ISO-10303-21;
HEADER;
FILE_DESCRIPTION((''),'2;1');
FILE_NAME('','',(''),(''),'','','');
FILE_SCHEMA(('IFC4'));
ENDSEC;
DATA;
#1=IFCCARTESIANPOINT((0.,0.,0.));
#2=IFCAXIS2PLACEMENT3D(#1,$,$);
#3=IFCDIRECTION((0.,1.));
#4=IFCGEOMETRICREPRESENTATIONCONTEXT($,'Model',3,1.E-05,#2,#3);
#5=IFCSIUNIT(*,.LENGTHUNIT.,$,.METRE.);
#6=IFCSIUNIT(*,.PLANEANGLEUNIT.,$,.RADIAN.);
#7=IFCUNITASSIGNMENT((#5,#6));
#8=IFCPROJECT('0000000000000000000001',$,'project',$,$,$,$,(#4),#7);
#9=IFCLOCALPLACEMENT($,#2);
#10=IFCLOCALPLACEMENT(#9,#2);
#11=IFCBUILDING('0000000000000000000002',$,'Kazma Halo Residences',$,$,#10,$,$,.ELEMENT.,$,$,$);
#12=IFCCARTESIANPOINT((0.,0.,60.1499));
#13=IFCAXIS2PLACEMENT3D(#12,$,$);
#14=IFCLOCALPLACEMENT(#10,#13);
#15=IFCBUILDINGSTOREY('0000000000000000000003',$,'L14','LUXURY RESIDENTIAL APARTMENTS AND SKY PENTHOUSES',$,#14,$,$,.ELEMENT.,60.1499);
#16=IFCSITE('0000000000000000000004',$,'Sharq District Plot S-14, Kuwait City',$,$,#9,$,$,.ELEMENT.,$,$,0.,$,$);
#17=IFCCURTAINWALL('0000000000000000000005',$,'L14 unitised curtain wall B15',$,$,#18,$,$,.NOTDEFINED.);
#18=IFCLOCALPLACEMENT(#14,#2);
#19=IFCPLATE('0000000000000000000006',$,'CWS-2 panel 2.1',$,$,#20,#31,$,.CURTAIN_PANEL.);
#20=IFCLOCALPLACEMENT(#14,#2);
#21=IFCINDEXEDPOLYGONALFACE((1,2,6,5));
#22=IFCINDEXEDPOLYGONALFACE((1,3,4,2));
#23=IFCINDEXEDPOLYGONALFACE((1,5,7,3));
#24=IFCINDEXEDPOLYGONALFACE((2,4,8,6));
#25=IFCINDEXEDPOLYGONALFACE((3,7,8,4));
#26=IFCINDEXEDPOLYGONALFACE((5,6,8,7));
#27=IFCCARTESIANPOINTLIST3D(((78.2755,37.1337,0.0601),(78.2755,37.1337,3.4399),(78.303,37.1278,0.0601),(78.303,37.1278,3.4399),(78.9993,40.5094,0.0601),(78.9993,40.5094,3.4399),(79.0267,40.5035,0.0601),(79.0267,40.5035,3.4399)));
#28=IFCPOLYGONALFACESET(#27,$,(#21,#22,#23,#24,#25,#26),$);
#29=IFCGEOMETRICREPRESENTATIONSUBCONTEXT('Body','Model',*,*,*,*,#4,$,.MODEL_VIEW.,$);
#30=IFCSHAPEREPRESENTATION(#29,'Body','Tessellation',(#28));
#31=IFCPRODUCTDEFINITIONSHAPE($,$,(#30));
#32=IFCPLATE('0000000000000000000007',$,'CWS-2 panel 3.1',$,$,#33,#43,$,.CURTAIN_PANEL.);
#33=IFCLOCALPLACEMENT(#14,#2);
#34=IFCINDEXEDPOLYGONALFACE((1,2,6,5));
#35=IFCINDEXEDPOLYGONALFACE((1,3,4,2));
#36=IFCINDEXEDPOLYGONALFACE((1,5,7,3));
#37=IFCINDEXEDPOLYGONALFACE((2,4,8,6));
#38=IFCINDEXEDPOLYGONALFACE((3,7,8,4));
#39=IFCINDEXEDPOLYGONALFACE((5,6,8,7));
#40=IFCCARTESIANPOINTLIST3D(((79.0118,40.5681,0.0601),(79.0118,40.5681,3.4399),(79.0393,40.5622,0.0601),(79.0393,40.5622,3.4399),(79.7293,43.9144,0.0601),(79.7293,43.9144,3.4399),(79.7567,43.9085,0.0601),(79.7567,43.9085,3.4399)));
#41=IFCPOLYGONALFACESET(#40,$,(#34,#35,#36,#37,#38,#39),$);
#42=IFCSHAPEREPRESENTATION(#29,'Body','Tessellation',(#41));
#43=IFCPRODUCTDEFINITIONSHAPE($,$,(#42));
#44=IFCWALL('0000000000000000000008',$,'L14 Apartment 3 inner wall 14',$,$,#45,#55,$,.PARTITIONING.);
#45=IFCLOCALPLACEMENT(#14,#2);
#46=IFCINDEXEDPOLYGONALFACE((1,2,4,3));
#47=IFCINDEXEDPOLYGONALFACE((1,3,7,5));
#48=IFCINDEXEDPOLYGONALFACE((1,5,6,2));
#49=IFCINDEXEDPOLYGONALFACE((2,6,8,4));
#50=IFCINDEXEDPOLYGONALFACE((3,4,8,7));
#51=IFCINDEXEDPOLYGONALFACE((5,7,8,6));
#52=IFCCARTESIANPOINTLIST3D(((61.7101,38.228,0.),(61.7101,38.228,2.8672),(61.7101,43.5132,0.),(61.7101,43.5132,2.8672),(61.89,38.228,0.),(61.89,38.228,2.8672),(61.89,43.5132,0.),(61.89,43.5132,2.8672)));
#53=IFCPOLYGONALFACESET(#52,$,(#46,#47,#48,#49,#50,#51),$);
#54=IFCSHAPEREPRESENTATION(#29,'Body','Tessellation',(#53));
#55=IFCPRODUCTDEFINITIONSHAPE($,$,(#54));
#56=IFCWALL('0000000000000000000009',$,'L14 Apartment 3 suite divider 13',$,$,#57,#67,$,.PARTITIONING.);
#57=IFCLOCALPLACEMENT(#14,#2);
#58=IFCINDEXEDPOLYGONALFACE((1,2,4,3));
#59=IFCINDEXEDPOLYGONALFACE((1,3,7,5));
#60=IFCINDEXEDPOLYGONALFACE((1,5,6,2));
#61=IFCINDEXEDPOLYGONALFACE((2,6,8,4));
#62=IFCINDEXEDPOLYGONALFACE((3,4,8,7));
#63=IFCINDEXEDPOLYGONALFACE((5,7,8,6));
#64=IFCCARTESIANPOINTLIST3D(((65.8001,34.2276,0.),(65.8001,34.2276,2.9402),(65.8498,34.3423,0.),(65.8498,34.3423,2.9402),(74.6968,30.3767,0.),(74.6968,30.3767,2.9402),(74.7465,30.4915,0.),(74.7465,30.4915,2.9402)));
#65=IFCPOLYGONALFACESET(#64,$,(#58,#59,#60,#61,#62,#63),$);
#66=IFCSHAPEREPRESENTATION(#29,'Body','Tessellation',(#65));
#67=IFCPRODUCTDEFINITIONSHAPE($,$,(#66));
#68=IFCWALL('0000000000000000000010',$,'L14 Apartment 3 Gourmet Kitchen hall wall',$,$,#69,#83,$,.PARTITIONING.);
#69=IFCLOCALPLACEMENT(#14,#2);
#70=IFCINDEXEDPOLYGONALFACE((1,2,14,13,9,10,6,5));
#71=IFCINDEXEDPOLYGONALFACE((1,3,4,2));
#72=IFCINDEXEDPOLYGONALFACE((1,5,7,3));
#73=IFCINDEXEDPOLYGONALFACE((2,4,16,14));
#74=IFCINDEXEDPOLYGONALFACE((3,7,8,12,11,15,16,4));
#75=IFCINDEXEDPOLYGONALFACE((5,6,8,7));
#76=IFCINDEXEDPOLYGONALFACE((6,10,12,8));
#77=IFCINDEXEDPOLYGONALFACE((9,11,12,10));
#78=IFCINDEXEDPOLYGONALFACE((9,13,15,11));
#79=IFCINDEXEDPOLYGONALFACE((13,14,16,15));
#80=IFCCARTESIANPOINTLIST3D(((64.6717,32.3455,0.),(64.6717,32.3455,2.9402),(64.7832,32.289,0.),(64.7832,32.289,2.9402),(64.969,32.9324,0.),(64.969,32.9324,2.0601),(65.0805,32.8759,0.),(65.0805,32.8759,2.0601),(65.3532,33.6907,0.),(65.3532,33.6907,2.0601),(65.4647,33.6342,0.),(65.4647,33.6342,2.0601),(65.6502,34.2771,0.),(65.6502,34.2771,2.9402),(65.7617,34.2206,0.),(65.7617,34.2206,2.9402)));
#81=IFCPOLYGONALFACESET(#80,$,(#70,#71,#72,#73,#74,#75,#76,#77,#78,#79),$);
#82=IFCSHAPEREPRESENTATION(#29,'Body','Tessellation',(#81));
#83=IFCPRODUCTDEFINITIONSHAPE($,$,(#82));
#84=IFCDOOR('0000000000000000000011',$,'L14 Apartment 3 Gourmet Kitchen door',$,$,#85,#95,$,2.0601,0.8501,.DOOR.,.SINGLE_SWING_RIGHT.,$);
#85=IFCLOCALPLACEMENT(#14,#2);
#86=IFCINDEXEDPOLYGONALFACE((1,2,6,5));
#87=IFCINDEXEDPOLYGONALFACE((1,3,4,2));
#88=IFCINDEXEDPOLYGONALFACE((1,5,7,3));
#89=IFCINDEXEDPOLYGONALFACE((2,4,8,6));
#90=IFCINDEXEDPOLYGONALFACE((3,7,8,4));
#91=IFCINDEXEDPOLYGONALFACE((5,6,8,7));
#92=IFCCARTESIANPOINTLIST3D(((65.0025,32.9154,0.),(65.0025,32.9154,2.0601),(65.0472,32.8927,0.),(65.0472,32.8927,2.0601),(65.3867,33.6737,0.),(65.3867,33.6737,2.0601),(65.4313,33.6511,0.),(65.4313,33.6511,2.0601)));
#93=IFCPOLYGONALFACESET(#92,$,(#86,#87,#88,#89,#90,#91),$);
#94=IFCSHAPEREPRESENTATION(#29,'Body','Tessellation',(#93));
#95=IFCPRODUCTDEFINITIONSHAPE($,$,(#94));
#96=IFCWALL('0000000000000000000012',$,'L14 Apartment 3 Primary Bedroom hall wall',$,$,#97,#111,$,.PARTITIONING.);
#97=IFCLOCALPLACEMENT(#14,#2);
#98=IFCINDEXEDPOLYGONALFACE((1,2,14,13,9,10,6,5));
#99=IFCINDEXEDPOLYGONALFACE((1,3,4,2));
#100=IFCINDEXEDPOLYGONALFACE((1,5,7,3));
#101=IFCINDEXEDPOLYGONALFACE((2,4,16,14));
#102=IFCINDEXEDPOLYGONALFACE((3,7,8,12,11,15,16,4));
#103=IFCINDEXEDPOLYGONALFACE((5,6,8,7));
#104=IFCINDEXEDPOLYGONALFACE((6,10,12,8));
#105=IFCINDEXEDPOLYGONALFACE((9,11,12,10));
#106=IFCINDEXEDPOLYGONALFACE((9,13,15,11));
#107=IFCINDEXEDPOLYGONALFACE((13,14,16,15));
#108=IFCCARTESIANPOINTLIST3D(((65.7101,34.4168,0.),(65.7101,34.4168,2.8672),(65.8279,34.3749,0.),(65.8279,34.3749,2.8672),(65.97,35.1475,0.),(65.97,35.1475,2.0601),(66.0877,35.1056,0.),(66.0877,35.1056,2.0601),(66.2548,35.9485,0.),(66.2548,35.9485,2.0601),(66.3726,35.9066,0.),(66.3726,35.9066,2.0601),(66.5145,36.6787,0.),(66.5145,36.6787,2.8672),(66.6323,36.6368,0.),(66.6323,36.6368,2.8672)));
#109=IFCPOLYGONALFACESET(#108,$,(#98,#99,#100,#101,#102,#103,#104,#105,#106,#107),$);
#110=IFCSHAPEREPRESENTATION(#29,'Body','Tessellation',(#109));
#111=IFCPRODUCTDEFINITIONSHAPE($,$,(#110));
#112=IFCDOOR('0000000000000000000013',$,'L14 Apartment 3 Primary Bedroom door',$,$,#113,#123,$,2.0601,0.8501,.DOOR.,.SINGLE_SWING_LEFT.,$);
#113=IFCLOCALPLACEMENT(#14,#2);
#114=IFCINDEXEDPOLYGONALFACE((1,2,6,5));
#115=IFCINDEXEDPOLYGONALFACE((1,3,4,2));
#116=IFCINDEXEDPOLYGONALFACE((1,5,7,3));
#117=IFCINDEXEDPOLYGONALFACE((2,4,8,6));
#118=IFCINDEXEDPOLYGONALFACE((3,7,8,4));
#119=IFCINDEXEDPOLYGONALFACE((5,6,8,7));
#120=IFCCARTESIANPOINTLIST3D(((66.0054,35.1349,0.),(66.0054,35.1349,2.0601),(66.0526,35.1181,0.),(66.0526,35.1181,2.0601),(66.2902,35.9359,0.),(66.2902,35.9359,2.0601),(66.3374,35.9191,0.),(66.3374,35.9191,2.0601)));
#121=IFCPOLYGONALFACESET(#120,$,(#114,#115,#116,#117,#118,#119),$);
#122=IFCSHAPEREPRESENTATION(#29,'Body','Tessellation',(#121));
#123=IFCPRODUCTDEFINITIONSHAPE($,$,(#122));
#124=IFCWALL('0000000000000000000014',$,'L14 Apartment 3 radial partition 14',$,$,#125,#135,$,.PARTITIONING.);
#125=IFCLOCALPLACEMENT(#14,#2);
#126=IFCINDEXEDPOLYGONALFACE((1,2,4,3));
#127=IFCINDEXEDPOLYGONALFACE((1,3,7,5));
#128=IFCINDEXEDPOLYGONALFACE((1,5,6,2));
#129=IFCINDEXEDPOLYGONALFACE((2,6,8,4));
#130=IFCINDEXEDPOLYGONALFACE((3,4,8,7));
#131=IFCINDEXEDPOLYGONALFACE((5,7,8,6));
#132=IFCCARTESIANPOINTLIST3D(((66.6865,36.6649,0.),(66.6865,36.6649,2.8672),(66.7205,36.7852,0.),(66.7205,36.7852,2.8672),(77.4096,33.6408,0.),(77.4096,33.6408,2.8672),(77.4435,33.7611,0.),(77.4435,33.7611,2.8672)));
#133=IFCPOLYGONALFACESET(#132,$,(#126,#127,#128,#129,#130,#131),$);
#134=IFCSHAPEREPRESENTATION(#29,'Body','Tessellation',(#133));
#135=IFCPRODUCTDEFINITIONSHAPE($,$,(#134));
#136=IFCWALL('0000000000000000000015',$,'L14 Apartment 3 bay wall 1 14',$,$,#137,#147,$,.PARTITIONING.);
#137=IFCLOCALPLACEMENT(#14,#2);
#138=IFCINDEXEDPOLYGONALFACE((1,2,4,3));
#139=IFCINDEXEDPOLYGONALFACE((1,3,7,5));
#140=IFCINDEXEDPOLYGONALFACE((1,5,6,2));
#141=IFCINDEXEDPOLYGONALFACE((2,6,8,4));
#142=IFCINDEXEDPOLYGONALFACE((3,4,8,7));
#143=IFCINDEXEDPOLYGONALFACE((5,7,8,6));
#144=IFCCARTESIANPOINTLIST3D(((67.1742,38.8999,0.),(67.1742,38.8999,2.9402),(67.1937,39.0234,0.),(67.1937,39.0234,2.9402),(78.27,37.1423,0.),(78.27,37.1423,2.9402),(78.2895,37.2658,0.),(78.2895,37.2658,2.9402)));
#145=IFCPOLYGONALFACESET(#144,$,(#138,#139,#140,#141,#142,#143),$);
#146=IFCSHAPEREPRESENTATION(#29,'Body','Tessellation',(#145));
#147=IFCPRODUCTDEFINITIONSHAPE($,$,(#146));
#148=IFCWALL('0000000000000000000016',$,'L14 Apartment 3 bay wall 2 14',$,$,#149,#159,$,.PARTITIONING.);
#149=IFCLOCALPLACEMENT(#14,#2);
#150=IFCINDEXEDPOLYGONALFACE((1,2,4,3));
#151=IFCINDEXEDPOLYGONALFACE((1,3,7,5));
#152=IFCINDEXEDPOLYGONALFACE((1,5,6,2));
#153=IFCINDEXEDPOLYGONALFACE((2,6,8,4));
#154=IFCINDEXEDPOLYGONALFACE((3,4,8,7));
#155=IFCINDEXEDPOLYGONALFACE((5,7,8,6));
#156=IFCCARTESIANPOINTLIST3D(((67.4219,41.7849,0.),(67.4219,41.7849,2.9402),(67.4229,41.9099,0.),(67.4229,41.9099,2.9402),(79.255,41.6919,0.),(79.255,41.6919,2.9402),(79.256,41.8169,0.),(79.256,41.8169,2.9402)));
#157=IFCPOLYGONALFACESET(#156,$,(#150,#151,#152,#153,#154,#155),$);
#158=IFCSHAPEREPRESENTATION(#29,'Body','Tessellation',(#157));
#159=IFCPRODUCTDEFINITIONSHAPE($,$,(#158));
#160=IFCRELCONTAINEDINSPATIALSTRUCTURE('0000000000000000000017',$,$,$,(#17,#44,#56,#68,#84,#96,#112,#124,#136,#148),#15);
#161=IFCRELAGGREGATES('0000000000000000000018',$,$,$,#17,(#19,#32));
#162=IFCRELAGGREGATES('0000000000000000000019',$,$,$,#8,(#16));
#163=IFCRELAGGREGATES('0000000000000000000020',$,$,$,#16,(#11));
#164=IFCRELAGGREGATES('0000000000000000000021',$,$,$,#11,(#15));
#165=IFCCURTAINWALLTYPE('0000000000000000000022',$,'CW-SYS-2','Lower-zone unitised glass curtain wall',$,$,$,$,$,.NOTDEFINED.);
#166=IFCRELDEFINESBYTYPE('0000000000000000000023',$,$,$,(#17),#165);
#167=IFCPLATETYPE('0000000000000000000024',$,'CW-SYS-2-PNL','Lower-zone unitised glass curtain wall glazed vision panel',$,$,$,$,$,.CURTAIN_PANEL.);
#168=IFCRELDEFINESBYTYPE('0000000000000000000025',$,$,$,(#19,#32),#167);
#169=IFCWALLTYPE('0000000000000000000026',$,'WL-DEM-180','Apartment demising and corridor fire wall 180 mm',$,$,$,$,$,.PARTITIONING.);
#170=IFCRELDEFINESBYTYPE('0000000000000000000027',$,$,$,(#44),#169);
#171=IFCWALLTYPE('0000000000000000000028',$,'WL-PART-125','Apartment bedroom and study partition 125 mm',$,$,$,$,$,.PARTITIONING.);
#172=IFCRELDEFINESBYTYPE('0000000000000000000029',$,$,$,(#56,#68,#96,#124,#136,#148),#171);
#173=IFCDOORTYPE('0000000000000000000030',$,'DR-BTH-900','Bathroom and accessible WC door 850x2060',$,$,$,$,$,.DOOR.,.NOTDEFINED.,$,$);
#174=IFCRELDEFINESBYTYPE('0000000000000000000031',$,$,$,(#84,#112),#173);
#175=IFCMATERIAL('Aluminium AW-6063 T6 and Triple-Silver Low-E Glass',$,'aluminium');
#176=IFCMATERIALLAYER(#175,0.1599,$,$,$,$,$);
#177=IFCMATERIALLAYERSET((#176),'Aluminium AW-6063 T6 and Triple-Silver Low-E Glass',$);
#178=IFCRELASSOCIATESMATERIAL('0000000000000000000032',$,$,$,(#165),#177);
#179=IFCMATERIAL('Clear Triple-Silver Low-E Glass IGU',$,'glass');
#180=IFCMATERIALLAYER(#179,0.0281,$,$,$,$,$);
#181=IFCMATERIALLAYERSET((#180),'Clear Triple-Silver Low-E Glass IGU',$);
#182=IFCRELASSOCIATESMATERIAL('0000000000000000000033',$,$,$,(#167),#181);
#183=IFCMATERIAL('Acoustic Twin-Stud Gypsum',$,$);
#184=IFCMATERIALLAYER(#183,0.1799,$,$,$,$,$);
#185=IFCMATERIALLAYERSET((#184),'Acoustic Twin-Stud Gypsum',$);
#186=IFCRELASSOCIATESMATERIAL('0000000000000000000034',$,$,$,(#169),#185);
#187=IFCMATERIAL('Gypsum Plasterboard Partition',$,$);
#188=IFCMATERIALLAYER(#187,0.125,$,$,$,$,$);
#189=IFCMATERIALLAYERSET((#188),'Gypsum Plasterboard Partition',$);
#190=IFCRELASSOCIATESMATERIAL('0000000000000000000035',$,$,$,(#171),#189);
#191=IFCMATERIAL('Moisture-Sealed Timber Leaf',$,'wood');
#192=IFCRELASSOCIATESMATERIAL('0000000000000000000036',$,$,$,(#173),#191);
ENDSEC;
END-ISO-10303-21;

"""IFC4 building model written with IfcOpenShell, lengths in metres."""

from ifc_helpers import new_model, si_unit, direction, frame, frame_2d, origin, origin_2d, place, context, subcontext, project, spatial, rectangle, extrude, material, layer, layer_set, type_object, element, fill, aggregate, save


model = new_model("IFC4")

# Units and contexts
model_context = context("Model", 3, precision=1e-05, world=origin(), true_north=direction((0.0, 1.0)))
body_context = subcontext(model_context, "Body", "Model", "MODEL_VIEW")
ifc_project = project(units=[si_unit("LENGTHUNIT", "METRE"), si_unit("PLANEANGLEUNIT", "RADIAN")], contexts=[model_context])

# Site, building, storey
site_placement = place(None, origin())
site = spatial("IfcSite", under=ifc_project, at=site_placement, Name="Sharq District Plot S-14, Kuwait City", CompositionType="ELEMENT", RefElevation=0.0)
building_placement = place(site_placement, origin())
building = spatial("IfcBuilding", under=site, at=building_placement, Name="Kazma Halo Residences", CompositionType="ELEMENT")
storey_placement = place(building_placement, frame((0.0, 0.0, 60.1499)))
storey = spatial("IfcBuildingStorey", under=building, at=storey_placement, Name="L14", Description="LUXURY RESIDENTIAL APARTMENTS AND SKY PENTHOUSES", CompositionType="ELEMENT", Elevation=60.1499)

# Curtain wall, plates
ifc_material_1 = material(Name="Aluminium AW-6063 T6 and Triple-Silver Low-E Glass", Category="aluminium")
ifc_layer_1 = layer(ifc_material_1, 0.1599)
ifc_layer_set_1 = layer_set([ifc_layer_1], Name="Aluminium AW-6063 T6 and Triple-Silver Low-E Glass")
curtain_wall_type = type_object("IfcCurtainWallType", Name="CW-SYS-2", Description="Lower-zone unitised glass curtain wall", PredefinedType="NOTDEFINED", material=ifc_layer_set_1)
curtain_wall_placement = place(storey_placement, origin())
curtain_wall = element("IfcCurtainWall", 1, at=curtain_wall_placement, inside=storey, type_object=curtain_wall_type, Name="L14 unitised curtain wall B15", PredefinedType="NOTDEFINED")
ifc_material_2 = material(Name="Clear Triple-Silver Low-E Glass IGU", Category="glass")
ifc_layer_2 = layer(ifc_material_2, 0.0281)
ifc_layer_set_2 = layer_set([ifc_layer_2], Name="Clear Triple-Silver Low-E Glass IGU")
plate_type = type_object("IfcPlateType", Name="CW-SYS-2-PNL", Description="Lower-zone unitised glass curtain wall glazed vision panel", PredefinedType="CURTAIN_PANEL", material=ifc_layer_set_2)
plate_1_placement = place(storey_placement, frame((78.6511, 38.8186, 0.0601), z_axis=(0.0, 0.0, 1.0), x_axis=(0.209637, 0.977779, 0.0)))
plate_1 = element("IfcPlate", 2, at=plate_1_placement, type_object=plate_type, Name="CWS-2 panel 2.1", PredefinedType="CURTAIN_PANEL", context=body_context, shape_type="SweptSolid", body=[
    extrude(rectangle(XDim=3.4524, YDim=0.0281, at=origin_2d()), origin(), (0.0, 0.0, 1.0), 3.3799),
])
plate_2_placement = place(storey_placement, frame((79.3843, 42.2383, 0.0601), z_axis=(0.0, 0.0, 1.0), x_axis=(0.209637, 0.977779, 0.0)))
plate_2 = element("IfcPlate", 3, at=plate_2_placement, type_object=plate_type, Name="CWS-2 panel 3.1", PredefinedType="CURTAIN_PANEL", context=body_context, shape_type="SweptSolid", body=[
    extrude(rectangle(XDim=3.4224, YDim=0.0281, at=origin_2d()), origin(), (0.0, 0.0, 1.0), 3.3799),
])
aggregate(curtain_wall, [plate_1, plate_2])

# Walls
ifc_material_3 = material(Name="Acoustic Twin-Stud Gypsum")
ifc_layer_3 = layer(ifc_material_3, 0.1799)
ifc_layer_set_3 = layer_set([ifc_layer_3], Name="Acoustic Twin-Stud Gypsum")
wall_type_1 = type_object("IfcWallType", Name="WL-DEM-180", Description="Apartment demising and corridor fire wall 180 mm", PredefinedType="PARTITIONING", material=ifc_layer_set_3)
wall_1_placement = place(storey_placement, frame((61.8, 38.228, 0.0), z_axis=(0.0, 0.0, 1.0), x_axis=(0.0, 1.0, 0.0)))
element("IfcWall", 4, at=wall_1_placement, inside=storey, type_object=wall_type_1, Name="L14 Apartment 3 inner wall 14", PredefinedType="PARTITIONING", context=body_context, shape_type="SweptSolid", body=[
    extrude(rectangle(XDim=5.2852, YDim=0.1799, at=frame_2d((2.6426, 0.0))), origin(), (0.0, 0.0, 1.0), 2.8672),
])
ifc_material_4 = material(Name="Gypsum Plasterboard Partition")
ifc_layer_4 = layer(ifc_material_4, 0.125)
ifc_layer_set_4 = layer_set([ifc_layer_4], Name="Gypsum Plasterboard Partition")
wall_type_2 = type_object("IfcWallType", Name="WL-PART-125", Description="Apartment bedroom and study partition 125 mm", PredefinedType="PARTITIONING", material=ifc_layer_set_4)
wall_2_placement = place(storey_placement, frame((65.825, 34.2849, 0.0), z_axis=(0.0, 0.0, 1.0), x_axis=(0.917722, -0.397224, 0.0)))
element("IfcWall", 5, at=wall_2_placement, inside=storey, type_object=wall_type_2, Name="L14 Apartment 3 suite divider 13", PredefinedType="PARTITIONING", context=body_context, shape_type="SweptSolid", body=[
    extrude(rectangle(XDim=9.6943, YDim=0.125, at=frame_2d((4.8472, 0.0))), origin(), (0.0, 0.0, 1.0), 2.9402),
])

# Walls, openings, doors
wall_3_placement = place(storey_placement, frame((64.7275, 32.3174, 0.0), z_axis=(0.0, 0.0, 1.0), x_axis=(0.451898, 0.89207, 0.0)))
wall_3 = element("IfcWall", 6, at=wall_3_placement, inside=storey, type_object=wall_type_2, Name="L14 Apartment 3 Gourmet Kitchen hall wall", PredefinedType="PARTITIONING", context=body_context, shape_type="SweptSolid", body=[
    extrude(rectangle(XDim=2.1653, YDim=0.125, at=frame_2d((1.0825, 0.0))), origin(), (0.0, 0.0, 1.0), 2.9402),
])
opening_1_placement = place(wall_3_placement, frame((0.6577, 0.0, 0.0)))
opening_1 = element("IfcOpeningElement", 7, at=opening_1_placement, cuts=wall_3, PredefinedType="OPENING", context=body_context, shape_type="SweptSolid", body=[
    extrude(rectangle(XDim=0.8501, YDim=2.0601, at=frame_2d((0.425, 1.03))), frame((0.0, 0.0725, 0.0), z_axis=(0.0, -1.0, 0.0), x_axis=(1.0, 0.0, 0.0)), (0.0, 0.0, 1.0), 0.145),
])
ifc_material_5 = material(Name="Moisture-Sealed Timber Leaf", Category="wood")
door_type = type_object("IfcDoorType", Name="DR-BTH-900", Description="Bathroom and accessible WC door 850x2060", OperationType="NOTDEFINED", PredefinedType="DOOR", material=ifc_material_5)
door_1_placement = place(opening_1_placement, origin())
door_1 = element("IfcDoor", 8, at=door_1_placement, inside=storey, type_object=door_type, Name="L14 Apartment 3 Gourmet Kitchen door", OperationType="SINGLE_SWING_RIGHT", OverallHeight=2.0601, OverallWidth=0.8501, PredefinedType="DOOR", context=body_context, shape_type="SweptSolid", body=[
    extrude(rectangle(XDim=0.8501, YDim=2.0601, at=frame_2d((0.425, 1.03))), frame((0.0, 0.0249, 0.0), z_axis=(0.0, -1.0, 0.0), x_axis=(1.0, 0.0, 0.0)), (0.0, 0.0, 1.0), 0.05),
])
fill(opening_1, door_1)
wall_4_placement = place(storey_placement, frame((65.769, 34.396, 0.0), z_axis=(0.0, 0.0, 1.0), x_axis=(0.33508, 0.94219, 0.0)))
wall_4 = element("IfcWall", 9, at=wall_4_placement, inside=storey, type_object=wall_type_2, Name="L14 Apartment 3 Primary Bedroom hall wall", PredefinedType="PARTITIONING", context=body_context, shape_type="SweptSolid", body=[
    extrude(rectangle(XDim=2.4006, YDim=0.125, at=frame_2d((1.2002, 0.0))), origin(), (0.0, 0.0, 1.0), 2.8672),
])
opening_2_placement = place(wall_4_placement, frame((0.7754, 0.0, 0.0)))
opening_2 = element("IfcOpeningElement", 10, at=opening_2_placement, cuts=wall_4, PredefinedType="OPENING", context=body_context, shape_type="SweptSolid", body=[
    extrude(rectangle(XDim=0.8501, YDim=2.0601, at=frame_2d((0.425, 1.03))), frame((0.0, 0.0725, 0.0), z_axis=(0.0, -1.0, 0.0), x_axis=(1.0, 0.0, 0.0)), (0.0, 0.0, 1.0), 0.145),
])
door_2_placement = place(opening_2_placement, origin())
door_2 = element("IfcDoor", 11, at=door_2_placement, inside=storey, type_object=door_type, Name="L14 Apartment 3 Primary Bedroom door", OperationType="SINGLE_SWING_LEFT", OverallHeight=2.0601, OverallWidth=0.8501, PredefinedType="DOOR", context=body_context, shape_type="SweptSolid", body=[
    extrude(rectangle(XDim=0.8501, YDim=2.0601, at=frame_2d((0.425, 1.03))), frame((0.0, 0.0249, 0.0), z_axis=(0.0, -1.0, 0.0), x_axis=(1.0, 0.0, 0.0)), (0.0, 0.0, 1.0), 0.05),
])
fill(opening_2, door_2)

# Walls
wall_5_placement = place(storey_placement, frame((66.7034, 36.7251, 0.0), z_axis=(0.0, 0.0, 1.0), x_axis=(0.962457, -0.271435, 0.0)))
element("IfcWall", 12, at=wall_5_placement, inside=storey, type_object=wall_type_2, Name="L14 Apartment 3 radial partition 14", PredefinedType="PARTITIONING", context=body_context, shape_type="SweptSolid", body=[
    extrude(rectangle(XDim=11.1414, YDim=0.125, at=frame_2d((5.5708, 0.0))), origin(), (0.0, 0.0, 1.0), 2.8672),
])
wall_6_placement = place(storey_placement, frame((67.1838, 38.9617, 0.0), z_axis=(0.0, 0.0, 1.0), x_axis=(0.987686, -0.15645, 0.0)))
element("IfcWall", 13, at=wall_6_placement, inside=storey, type_object=wall_type_2, Name="L14 Apartment 3 bay wall 1 14", PredefinedType="PARTITIONING", context=body_context, shape_type="SweptSolid", body=[
    extrude(rectangle(XDim=11.2341, YDim=0.125, at=frame_2d((5.6172, 0.0))), origin(), (0.0, 0.0, 1.0), 2.9402),
])
wall_7_placement = place(storey_placement, frame((67.4224, 41.8474, 0.0), z_axis=(0.0, 0.0, 1.0), x_axis=(0.999969, -0.00786, 0.0)))
element("IfcWall", 14, at=wall_7_placement, inside=storey, type_object=wall_type_2, Name="L14 Apartment 3 bay wall 2 14", PredefinedType="PARTITIONING", context=body_context, shape_type="SweptSolid", body=[
    extrude(rectangle(XDim=11.8335, YDim=0.125, at=frame_2d((5.9167, 0.0))), origin(), (0.0, 0.0, 1.0), 2.9402),
])

save(model, "model.ifc")
